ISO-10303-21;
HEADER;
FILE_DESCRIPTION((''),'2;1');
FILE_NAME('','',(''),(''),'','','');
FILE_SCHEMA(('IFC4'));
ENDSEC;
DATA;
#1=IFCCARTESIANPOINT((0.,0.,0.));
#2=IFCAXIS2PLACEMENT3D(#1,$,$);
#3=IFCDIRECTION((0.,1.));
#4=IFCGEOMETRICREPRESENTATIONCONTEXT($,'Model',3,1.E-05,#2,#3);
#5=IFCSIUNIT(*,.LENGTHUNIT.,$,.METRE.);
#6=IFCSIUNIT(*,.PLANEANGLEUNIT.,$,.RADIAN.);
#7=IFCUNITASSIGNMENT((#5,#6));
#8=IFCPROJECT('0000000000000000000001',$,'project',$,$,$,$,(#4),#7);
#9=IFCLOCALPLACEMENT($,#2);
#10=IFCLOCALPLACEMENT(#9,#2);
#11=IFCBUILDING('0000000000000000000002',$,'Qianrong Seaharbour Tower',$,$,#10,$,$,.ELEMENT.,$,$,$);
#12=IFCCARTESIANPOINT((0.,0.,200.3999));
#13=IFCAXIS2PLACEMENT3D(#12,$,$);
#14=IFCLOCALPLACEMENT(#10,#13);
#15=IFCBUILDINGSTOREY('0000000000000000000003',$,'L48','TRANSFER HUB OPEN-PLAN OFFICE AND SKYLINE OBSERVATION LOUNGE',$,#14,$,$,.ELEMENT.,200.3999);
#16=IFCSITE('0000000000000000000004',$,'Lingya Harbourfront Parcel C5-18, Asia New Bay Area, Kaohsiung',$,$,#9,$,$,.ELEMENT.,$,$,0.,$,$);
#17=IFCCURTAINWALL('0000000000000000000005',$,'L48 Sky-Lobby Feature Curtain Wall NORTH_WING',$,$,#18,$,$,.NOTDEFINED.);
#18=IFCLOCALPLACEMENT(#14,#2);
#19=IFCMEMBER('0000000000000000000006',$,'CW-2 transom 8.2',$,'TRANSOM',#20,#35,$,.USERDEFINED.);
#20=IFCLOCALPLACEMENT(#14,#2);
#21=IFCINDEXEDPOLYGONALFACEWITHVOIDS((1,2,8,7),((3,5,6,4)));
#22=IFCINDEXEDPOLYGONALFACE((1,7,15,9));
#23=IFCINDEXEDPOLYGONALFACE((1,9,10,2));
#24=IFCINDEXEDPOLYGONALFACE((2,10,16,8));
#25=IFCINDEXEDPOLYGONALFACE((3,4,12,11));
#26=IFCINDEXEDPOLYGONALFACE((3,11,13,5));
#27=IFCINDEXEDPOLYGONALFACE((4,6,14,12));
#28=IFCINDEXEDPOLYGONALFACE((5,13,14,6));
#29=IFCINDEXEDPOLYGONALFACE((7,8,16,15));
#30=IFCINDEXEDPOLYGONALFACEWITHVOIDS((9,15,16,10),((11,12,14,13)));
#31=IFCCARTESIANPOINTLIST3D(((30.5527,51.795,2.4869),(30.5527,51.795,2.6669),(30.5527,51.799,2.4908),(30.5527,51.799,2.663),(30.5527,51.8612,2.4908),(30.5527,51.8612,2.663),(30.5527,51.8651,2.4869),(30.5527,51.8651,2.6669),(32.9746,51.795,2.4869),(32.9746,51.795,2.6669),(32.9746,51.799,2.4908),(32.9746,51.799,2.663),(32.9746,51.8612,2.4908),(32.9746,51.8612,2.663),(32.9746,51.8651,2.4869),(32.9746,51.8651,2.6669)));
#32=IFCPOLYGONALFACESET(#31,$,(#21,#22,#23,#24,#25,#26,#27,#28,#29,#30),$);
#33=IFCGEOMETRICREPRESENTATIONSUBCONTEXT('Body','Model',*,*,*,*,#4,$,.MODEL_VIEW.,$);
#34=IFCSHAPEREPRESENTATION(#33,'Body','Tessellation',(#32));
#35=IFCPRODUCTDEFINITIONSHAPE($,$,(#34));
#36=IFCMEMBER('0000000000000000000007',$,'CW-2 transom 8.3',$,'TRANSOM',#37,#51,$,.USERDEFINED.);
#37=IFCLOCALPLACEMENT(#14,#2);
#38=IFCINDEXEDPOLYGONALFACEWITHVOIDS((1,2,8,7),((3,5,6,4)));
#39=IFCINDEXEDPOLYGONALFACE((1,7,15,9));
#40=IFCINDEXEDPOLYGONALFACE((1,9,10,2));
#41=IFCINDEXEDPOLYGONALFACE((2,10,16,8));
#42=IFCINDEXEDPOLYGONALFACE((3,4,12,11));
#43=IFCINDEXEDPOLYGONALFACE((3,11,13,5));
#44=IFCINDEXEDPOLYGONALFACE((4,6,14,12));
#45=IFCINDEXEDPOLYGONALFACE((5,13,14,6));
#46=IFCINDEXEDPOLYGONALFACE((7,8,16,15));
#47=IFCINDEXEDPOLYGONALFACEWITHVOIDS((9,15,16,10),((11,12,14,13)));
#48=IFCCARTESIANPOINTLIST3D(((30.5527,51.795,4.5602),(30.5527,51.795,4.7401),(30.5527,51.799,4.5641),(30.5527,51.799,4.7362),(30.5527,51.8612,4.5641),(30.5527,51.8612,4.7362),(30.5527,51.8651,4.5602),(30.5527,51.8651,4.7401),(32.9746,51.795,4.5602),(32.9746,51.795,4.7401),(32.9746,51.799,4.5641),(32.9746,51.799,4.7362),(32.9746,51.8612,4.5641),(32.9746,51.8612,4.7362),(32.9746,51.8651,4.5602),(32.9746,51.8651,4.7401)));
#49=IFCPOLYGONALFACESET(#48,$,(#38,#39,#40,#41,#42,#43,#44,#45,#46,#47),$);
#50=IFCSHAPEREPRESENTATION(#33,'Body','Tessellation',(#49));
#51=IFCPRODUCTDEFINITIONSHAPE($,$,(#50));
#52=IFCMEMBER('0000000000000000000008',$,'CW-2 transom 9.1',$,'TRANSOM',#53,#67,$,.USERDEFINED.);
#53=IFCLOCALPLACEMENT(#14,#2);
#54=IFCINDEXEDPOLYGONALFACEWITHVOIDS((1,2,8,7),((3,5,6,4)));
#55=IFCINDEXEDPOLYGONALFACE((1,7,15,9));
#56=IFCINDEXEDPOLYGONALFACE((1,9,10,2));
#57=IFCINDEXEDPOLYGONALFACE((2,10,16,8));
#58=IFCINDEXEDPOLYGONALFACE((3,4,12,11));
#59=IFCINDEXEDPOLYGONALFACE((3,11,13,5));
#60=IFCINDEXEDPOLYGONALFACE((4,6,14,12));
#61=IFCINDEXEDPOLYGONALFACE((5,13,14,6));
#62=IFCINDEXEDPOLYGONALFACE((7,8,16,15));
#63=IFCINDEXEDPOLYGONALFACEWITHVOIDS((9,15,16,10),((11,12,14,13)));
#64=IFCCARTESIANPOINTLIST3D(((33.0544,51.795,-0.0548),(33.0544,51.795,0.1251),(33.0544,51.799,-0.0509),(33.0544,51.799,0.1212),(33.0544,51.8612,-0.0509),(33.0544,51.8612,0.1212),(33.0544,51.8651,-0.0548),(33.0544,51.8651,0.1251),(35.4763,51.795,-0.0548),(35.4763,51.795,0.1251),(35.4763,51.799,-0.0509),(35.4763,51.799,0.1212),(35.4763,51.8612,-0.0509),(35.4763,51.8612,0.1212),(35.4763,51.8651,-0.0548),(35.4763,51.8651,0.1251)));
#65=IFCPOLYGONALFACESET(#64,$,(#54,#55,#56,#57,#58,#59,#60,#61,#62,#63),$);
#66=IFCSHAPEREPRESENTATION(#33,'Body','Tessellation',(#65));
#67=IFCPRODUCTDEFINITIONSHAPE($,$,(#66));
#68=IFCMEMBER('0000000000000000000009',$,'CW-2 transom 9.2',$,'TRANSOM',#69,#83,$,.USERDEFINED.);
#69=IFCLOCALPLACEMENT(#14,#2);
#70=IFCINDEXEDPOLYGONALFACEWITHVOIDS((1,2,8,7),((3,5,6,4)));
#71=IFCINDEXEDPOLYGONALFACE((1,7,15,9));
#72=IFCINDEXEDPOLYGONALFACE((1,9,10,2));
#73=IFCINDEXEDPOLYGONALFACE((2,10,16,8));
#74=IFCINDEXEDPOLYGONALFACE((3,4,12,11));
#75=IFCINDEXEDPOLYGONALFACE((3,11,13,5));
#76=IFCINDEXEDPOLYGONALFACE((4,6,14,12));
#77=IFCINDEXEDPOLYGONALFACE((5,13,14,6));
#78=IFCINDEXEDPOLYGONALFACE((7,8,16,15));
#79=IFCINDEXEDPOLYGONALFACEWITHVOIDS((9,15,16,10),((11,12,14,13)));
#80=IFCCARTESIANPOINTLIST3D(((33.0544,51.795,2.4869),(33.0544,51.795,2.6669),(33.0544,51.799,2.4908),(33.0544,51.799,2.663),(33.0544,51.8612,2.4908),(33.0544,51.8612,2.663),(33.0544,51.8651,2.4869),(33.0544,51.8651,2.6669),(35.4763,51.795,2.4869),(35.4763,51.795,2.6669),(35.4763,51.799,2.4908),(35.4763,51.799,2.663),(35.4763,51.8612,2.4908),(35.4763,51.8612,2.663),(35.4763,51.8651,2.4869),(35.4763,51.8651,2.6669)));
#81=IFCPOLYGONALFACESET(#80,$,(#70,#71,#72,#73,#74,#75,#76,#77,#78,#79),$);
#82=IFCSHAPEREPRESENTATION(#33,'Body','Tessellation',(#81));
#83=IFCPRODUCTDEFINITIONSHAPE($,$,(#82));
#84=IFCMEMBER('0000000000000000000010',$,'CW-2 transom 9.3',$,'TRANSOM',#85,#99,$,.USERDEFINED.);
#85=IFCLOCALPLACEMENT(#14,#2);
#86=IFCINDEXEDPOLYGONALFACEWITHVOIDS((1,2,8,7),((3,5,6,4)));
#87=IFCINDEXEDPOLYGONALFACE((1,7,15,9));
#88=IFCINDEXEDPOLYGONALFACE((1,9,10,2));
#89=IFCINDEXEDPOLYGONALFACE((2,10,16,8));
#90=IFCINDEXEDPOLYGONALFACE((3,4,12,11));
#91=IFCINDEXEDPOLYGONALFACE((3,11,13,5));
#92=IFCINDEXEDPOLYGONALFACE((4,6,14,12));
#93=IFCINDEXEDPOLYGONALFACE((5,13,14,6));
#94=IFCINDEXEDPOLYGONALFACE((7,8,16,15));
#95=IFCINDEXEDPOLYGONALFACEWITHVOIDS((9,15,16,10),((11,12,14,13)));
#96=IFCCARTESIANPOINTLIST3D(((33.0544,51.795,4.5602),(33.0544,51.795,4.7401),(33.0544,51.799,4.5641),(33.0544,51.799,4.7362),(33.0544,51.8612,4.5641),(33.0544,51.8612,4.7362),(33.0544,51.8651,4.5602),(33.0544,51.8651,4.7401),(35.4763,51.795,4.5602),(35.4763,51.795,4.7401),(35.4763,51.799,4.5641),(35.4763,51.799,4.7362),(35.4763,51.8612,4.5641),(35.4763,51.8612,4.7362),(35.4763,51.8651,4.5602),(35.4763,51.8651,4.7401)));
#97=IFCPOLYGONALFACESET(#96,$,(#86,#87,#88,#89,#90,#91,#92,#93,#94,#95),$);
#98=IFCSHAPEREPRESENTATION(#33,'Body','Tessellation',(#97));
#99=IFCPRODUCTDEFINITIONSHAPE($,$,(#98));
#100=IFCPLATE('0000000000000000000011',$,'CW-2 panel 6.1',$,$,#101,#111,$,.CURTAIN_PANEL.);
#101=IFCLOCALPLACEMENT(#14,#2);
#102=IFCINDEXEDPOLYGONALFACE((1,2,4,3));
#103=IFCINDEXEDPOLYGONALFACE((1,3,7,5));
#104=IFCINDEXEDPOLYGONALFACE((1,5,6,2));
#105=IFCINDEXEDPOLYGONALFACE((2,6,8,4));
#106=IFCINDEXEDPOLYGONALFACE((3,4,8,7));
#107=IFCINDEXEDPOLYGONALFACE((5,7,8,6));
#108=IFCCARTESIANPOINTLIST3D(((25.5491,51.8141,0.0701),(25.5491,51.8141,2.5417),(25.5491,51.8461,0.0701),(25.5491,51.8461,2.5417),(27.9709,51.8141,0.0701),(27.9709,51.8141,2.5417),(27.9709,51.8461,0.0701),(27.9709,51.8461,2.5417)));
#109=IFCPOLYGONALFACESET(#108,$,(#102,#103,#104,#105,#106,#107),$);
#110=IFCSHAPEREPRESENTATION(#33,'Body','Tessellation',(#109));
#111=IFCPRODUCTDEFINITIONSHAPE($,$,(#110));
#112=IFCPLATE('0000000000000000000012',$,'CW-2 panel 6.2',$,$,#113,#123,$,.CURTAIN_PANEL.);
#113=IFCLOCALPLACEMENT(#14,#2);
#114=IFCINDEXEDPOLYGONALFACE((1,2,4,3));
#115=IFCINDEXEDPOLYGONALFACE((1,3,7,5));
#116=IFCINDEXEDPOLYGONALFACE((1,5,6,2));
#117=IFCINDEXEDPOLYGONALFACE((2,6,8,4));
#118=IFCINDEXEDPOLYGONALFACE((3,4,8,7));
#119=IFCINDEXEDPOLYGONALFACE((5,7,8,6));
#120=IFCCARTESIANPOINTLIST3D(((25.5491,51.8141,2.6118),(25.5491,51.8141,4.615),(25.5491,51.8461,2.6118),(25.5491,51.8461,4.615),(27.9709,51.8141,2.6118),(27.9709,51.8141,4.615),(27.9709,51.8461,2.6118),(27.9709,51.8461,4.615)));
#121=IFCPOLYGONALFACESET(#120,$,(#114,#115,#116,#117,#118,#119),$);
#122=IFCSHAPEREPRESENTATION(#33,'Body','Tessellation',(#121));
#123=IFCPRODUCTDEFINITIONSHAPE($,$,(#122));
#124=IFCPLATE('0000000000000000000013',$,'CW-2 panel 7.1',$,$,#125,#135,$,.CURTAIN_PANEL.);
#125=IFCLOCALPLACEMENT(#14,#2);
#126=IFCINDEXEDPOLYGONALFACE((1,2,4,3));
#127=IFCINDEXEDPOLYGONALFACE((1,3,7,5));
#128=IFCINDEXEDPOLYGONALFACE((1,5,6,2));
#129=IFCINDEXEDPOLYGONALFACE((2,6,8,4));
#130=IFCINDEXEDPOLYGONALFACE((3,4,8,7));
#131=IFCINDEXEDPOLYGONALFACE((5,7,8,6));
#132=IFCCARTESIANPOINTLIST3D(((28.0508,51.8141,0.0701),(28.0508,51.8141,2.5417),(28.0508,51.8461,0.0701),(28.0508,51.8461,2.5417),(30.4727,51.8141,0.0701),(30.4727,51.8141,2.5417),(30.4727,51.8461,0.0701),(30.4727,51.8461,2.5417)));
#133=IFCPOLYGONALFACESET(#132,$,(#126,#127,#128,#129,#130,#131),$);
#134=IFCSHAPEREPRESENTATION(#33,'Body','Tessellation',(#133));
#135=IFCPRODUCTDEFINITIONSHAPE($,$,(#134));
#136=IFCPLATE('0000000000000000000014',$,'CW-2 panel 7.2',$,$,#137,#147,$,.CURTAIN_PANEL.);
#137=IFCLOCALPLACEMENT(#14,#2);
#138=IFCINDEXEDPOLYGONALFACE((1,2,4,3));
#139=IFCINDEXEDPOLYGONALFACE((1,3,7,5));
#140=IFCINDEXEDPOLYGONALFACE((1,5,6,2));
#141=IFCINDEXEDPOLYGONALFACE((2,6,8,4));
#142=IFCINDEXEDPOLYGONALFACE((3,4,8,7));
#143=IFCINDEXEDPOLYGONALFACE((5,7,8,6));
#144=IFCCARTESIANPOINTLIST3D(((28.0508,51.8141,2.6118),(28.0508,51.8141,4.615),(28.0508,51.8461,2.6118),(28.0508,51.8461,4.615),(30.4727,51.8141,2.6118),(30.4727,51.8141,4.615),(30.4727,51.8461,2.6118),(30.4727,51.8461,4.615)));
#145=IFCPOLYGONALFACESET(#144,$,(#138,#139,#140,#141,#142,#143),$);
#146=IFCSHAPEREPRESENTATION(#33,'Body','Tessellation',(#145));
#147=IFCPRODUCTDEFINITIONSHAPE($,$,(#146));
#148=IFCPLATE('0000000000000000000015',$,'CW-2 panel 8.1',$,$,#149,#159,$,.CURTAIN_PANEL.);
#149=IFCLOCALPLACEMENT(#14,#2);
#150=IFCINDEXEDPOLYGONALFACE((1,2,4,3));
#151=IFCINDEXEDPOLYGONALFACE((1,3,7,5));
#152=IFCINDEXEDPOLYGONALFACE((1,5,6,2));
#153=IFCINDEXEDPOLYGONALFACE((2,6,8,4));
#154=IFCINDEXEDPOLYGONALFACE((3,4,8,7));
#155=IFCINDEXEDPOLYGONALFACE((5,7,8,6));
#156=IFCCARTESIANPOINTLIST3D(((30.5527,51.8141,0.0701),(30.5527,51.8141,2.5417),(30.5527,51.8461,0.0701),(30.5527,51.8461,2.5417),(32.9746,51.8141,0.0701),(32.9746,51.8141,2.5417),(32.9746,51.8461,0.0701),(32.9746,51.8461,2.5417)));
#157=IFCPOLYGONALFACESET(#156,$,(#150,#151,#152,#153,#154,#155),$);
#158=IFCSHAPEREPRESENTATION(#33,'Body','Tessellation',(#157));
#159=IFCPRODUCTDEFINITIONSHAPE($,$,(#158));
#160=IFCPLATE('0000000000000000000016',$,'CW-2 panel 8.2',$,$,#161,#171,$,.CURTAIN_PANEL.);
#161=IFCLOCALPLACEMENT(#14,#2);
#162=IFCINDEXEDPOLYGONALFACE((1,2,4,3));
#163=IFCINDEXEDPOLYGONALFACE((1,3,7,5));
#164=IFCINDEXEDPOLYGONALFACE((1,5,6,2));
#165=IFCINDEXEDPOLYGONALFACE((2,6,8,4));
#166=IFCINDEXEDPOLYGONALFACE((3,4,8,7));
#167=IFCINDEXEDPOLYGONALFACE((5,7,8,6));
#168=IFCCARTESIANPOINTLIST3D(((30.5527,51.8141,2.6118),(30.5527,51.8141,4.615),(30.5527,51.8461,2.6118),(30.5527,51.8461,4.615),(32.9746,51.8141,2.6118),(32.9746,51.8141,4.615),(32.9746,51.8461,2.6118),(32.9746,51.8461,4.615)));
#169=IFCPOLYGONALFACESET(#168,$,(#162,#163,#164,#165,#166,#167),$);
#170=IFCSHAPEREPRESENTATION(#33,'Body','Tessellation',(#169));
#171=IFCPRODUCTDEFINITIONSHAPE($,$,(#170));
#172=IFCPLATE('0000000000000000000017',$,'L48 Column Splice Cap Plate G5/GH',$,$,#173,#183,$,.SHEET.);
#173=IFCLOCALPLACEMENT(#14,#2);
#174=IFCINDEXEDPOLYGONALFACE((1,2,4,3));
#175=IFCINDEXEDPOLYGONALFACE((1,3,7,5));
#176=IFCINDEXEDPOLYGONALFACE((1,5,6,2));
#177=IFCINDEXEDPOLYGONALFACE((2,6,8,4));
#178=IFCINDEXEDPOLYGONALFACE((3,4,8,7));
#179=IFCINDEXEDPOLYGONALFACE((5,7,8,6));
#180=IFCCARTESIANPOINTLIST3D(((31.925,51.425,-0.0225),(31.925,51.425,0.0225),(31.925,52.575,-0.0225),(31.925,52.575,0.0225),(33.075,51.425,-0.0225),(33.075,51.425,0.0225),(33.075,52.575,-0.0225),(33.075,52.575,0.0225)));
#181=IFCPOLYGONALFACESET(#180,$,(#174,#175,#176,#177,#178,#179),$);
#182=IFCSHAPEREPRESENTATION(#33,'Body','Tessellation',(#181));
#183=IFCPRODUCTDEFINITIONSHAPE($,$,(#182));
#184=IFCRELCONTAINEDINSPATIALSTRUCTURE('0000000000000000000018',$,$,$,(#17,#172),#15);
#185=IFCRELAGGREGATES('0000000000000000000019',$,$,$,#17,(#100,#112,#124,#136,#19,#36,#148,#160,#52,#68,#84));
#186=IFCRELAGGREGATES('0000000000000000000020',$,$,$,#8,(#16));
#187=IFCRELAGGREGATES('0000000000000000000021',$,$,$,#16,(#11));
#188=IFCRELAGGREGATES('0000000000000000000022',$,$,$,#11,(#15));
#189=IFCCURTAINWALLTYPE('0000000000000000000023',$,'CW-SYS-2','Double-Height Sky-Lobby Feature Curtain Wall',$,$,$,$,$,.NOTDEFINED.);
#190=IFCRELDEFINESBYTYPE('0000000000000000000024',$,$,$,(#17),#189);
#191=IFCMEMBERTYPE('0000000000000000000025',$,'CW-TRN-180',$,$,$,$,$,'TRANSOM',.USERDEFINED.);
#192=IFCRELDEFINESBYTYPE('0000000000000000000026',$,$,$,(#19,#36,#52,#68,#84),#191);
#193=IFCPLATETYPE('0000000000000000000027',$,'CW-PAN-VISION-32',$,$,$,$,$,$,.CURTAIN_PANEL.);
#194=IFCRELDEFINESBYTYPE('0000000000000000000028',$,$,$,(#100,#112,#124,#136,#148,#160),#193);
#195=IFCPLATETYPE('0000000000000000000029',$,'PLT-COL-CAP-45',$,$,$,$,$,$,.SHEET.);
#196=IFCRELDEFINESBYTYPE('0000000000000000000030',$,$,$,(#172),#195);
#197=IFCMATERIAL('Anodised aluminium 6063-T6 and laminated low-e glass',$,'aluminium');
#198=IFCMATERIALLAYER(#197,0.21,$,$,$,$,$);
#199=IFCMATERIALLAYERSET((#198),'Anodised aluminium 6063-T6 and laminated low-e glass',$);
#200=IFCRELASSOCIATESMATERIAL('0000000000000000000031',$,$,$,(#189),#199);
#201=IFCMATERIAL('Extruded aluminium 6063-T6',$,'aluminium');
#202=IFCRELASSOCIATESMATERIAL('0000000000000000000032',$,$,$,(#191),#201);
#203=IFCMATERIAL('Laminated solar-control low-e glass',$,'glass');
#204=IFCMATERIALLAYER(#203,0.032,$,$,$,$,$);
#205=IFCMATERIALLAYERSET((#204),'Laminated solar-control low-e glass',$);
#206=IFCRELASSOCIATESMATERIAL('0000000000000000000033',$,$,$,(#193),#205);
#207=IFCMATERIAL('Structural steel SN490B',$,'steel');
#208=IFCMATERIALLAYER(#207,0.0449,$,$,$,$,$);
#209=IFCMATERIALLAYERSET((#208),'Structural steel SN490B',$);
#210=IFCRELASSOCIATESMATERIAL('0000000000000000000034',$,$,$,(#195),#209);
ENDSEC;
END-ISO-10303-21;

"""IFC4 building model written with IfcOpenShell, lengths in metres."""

from ifc_helpers import new_model, si_unit, direction, frame, origin, origin_2d, place, context, subcontext, project, spatial, rectangle, hollow_rectangle, extrude, material, layer, layer_set, material_profile, profile_set, type_object, element, aggregate, save


model = new_model("IFC4")

# Units and contexts
model_context = context("Model", 3, precision=1e-05, world=origin(), true_north=direction((0.0, 1.0)))
body_context = subcontext(model_context, "Body", "Model", "MODEL_VIEW")
ifc_project = project(units=[si_unit("LENGTHUNIT", "METRE"), si_unit("PLANEANGLEUNIT", "RADIAN")], contexts=[model_context])

# Site, building, storey
site_placement = place(None, origin())
site = spatial("IfcSite", under=ifc_project, at=site_placement, Name="Lingya Harbourfront Parcel C5-18, Asia New Bay Area, Kaohsiung", CompositionType="ELEMENT", RefElevation=0.0)
building_placement = place(site_placement, origin())
building = spatial("IfcBuilding", under=site, at=building_placement, Name="Qianrong Seaharbour Tower", CompositionType="ELEMENT")
storey_placement = place(building_placement, frame((0.0, 0.0, 200.3999)))
storey = spatial("IfcBuildingStorey", under=building, at=storey_placement, Name="L48", Description="TRANSFER HUB OPEN-PLAN OFFICE AND SKYLINE OBSERVATION LOUNGE", CompositionType="ELEMENT", Elevation=200.3999)

# Shared definitions
ifc_material_1 = material(Name="Structural steel SN490B", Category="steel")

# Curtain wall, members, plates
ifc_material_2 = material(Name="Anodised aluminium 6063-T6 and laminated low-e glass", Category="aluminium")
ifc_layer_1 = layer(ifc_material_2, 0.21)
ifc_layer_set_1 = layer_set([ifc_layer_1], Name="Anodised aluminium 6063-T6 and laminated low-e glass")
curtain_wall_type = type_object("IfcCurtainWallType", Name="CW-SYS-2", Description="Double-Height Sky-Lobby Feature Curtain Wall", PredefinedType="NOTDEFINED", material=ifc_layer_set_1)
curtain_wall_placement = place(storey_placement, origin())
curtain_wall = element("IfcCurtainWall", 1, at=curtain_wall_placement, inside=storey, type_object=curtain_wall_type, Name="L48 Sky-Lobby Feature Curtain Wall NORTH_WING", PredefinedType="NOTDEFINED")
ifc_material_3 = material(Name="Extruded aluminium 6063-T6", Category="aluminium")
ifc_material_profile_1 = material_profile(ifc_material_3, hollow_rectangle(XDim=0.0701, YDim=0.1799, WallThickness=0.0039, at=origin_2d()), Name="ALU-TRN-180x70x4")
ifc_profile_set_1 = profile_set([ifc_material_profile_1], Name="Extruded aluminium 6063-T6")
member_type_1 = type_object("IfcMemberType", Name="CW-TRN-180", ElementType="TRANSOM", PredefinedType="USERDEFINED", material=ifc_profile_set_1)
member_1_placement = place(storey_placement, frame((30.5527, 51.8301, 2.5769), z_axis=(1.0, 0.0, 0.0), x_axis=(0.0, 1.0, 0.0)))
member_1 = element("IfcMember", 2, at=member_1_placement, type_object=member_type_1, Name="CW-2 transom 8.2", ObjectType="TRANSOM", PredefinedType="USERDEFINED", context=body_context, shape_type="SweptSolid", body=[
    extrude(hollow_rectangle(XDim=0.0701, YDim=0.1799, WallThickness=0.0039, at=origin_2d()), origin(), (0.0, 0.0, 1.0), 2.4219),
])
member_2_placement = place(storey_placement, frame((30.5527, 51.8301, 4.6501), z_axis=(1.0, 0.0, 0.0), x_axis=(0.0, 1.0, 0.0)))
member_2 = element("IfcMember", 3, at=member_2_placement, type_object=member_type_1, Name="CW-2 transom 8.3", ObjectType="TRANSOM", PredefinedType="USERDEFINED", context=body_context, shape_type="SweptSolid", body=[
    extrude(hollow_rectangle(XDim=0.0701, YDim=0.1799, WallThickness=0.0039, at=origin_2d()), origin(), (0.0, 0.0, 1.0), 2.4219),
])
member_3_placement = place(storey_placement, frame((33.0544, 51.8301, 0.0352), z_axis=(1.0, 0.0, 0.0), x_axis=(0.0, 1.0, 0.0)))
member_3 = element("IfcMember", 4, at=member_3_placement, type_object=member_type_1, Name="CW-2 transom 9.1", ObjectType="TRANSOM", PredefinedType="USERDEFINED", context=body_context, shape_type="SweptSolid", body=[
    extrude(hollow_rectangle(XDim=0.0701, YDim=0.1799, WallThickness=0.0039, at=origin_2d()), origin(), (0.0, 0.0, 1.0), 2.4219),
])
member_4_placement = place(storey_placement, frame((33.0544, 51.8301, 2.5769), z_axis=(1.0, 0.0, 0.0), x_axis=(0.0, 1.0, 0.0)))
member_4 = element("IfcMember", 5, at=member_4_placement, type_object=member_type_1, Name="CW-2 transom 9.2", ObjectType="TRANSOM", PredefinedType="USERDEFINED", context=body_context, shape_type="SweptSolid", body=[
    extrude(hollow_rectangle(XDim=0.0701, YDim=0.1799, WallThickness=0.0039, at=origin_2d()), origin(), (0.0, 0.0, 1.0), 2.4219),
])
member_5_placement = place(storey_placement, frame((33.0544, 51.8301, 4.6501), z_axis=(1.0, 0.0, 0.0), x_axis=(0.0, 1.0, 0.0)))
member_5 = element("IfcMember", 6, at=member_5_placement, type_object=member_type_1, Name="CW-2 transom 9.3", ObjectType="TRANSOM", PredefinedType="USERDEFINED", context=body_context, shape_type="SweptSolid", body=[
    extrude(hollow_rectangle(XDim=0.0701, YDim=0.1799, WallThickness=0.0039, at=origin_2d()), origin(), (0.0, 0.0, 1.0), 2.4219),
])
ifc_material_4 = material(Name="Laminated solar-control low-e glass", Category="glass")
ifc_layer_2 = layer(ifc_material_4, 0.032)
ifc_layer_set_2 = layer_set([ifc_layer_2], Name="Laminated solar-control low-e glass")
plate_type_1 = type_object("IfcPlateType", Name="CW-PAN-VISION-32", PredefinedType="CURTAIN_PANEL", material=ifc_layer_set_2)
plate_1_placement = place(storey_placement, frame((26.76, 51.8301, 0.0701), z_axis=(0.0, 0.0, 1.0), x_axis=(1.0, 0.0, 0.0)))
plate_1 = element("IfcPlate", 7, at=plate_1_placement, type_object=plate_type_1, Name="CW-2 panel 6.1", PredefinedType="CURTAIN_PANEL", context=body_context, shape_type="SweptSolid", body=[
    extrude(rectangle(XDim=2.4219, YDim=0.032, at=origin_2d()), origin(), (0.0, 0.0, 1.0), 2.4717),
])
plate_2_placement = place(storey_placement, frame((26.76, 51.8301, 2.6118), z_axis=(0.0, 0.0, 1.0), x_axis=(1.0, 0.0, 0.0)))
plate_2 = element("IfcPlate", 8, at=plate_2_placement, type_object=plate_type_1, Name="CW-2 panel 6.2", PredefinedType="CURTAIN_PANEL", context=body_context, shape_type="SweptSolid", body=[
    extrude(rectangle(XDim=2.4219, YDim=0.032, at=origin_2d()), origin(), (0.0, 0.0, 1.0), 2.0032),
])
plate_3_placement = place(storey_placement, frame((29.2617, 51.8301, 0.0701), z_axis=(0.0, 0.0, 1.0), x_axis=(1.0, 0.0, 0.0)))
plate_3 = element("IfcPlate", 9, at=plate_3_placement, type_object=plate_type_1, Name="CW-2 panel 7.1", PredefinedType="CURTAIN_PANEL", context=body_context, shape_type="SweptSolid", body=[
    extrude(rectangle(XDim=2.4219, YDim=0.032, at=origin_2d()), origin(), (0.0, 0.0, 1.0), 2.4717),
])
plate_4_placement = place(storey_placement, frame((29.2617, 51.8301, 2.6118), z_axis=(0.0, 0.0, 1.0), x_axis=(1.0, 0.0, 0.0)))
plate_4 = element("IfcPlate", 10, at=plate_4_placement, type_object=plate_type_1, Name="CW-2 panel 7.2", PredefinedType="CURTAIN_PANEL", context=body_context, shape_type="SweptSolid", body=[
    extrude(rectangle(XDim=2.4219, YDim=0.032, at=origin_2d()), origin(), (0.0, 0.0, 1.0), 2.0032),
])
plate_5_placement = place(storey_placement, frame((31.7637, 51.8301, 0.0701), z_axis=(0.0, 0.0, 1.0), x_axis=(1.0, 0.0, 0.0)))
plate_5 = element("IfcPlate", 11, at=plate_5_placement, type_object=plate_type_1, Name="CW-2 panel 8.1", PredefinedType="CURTAIN_PANEL", context=body_context, shape_type="SweptSolid", body=[
    extrude(rectangle(XDim=2.4219, YDim=0.032, at=origin_2d()), origin(), (0.0, 0.0, 1.0), 2.4717),
])
plate_6_placement = place(storey_placement, frame((31.7637, 51.8301, 2.6118), z_axis=(0.0, 0.0, 1.0), x_axis=(1.0, 0.0, 0.0)))
plate_6 = element("IfcPlate", 12, at=plate_6_placement, type_object=plate_type_1, Name="CW-2 panel 8.2", PredefinedType="CURTAIN_PANEL", context=body_context, shape_type="SweptSolid", body=[
    extrude(rectangle(XDim=2.4219, YDim=0.032, at=origin_2d()), origin(), (0.0, 0.0, 1.0), 2.0032),
])
aggregate(curtain_wall, [plate_1, plate_2, plate_3, plate_4, member_1, member_2, plate_5, plate_6, member_3, member_4, member_5])

# Plate
ifc_layer_3 = layer(ifc_material_1, 0.0449)
ifc_layer_set_3 = layer_set([ifc_layer_3], Name="Structural steel SN490B")
plate_type_2 = type_object("IfcPlateType", Name="PLT-COL-CAP-45", PredefinedType="SHEET", material=ifc_layer_set_3)
plate_7_placement = place(storey_placement, frame((32.5, 52.0, -0.0225), z_axis=(0.0, 0.0, 1.0), x_axis=(1.0, 0.0, 0.0)))
element("IfcPlate", 13, at=plate_7_placement, inside=storey, type_object=plate_type_2, Name="L48 Column Splice Cap Plate G5/GH", PredefinedType="SHEET", context=body_context, shape_type="SweptSolid", body=[
    extrude(rectangle(XDim=1.1499, YDim=1.1499, at=origin_2d()), origin(), (0.0, 0.0, 1.0), 0.0449),
])

save(model, "model.ifc")
